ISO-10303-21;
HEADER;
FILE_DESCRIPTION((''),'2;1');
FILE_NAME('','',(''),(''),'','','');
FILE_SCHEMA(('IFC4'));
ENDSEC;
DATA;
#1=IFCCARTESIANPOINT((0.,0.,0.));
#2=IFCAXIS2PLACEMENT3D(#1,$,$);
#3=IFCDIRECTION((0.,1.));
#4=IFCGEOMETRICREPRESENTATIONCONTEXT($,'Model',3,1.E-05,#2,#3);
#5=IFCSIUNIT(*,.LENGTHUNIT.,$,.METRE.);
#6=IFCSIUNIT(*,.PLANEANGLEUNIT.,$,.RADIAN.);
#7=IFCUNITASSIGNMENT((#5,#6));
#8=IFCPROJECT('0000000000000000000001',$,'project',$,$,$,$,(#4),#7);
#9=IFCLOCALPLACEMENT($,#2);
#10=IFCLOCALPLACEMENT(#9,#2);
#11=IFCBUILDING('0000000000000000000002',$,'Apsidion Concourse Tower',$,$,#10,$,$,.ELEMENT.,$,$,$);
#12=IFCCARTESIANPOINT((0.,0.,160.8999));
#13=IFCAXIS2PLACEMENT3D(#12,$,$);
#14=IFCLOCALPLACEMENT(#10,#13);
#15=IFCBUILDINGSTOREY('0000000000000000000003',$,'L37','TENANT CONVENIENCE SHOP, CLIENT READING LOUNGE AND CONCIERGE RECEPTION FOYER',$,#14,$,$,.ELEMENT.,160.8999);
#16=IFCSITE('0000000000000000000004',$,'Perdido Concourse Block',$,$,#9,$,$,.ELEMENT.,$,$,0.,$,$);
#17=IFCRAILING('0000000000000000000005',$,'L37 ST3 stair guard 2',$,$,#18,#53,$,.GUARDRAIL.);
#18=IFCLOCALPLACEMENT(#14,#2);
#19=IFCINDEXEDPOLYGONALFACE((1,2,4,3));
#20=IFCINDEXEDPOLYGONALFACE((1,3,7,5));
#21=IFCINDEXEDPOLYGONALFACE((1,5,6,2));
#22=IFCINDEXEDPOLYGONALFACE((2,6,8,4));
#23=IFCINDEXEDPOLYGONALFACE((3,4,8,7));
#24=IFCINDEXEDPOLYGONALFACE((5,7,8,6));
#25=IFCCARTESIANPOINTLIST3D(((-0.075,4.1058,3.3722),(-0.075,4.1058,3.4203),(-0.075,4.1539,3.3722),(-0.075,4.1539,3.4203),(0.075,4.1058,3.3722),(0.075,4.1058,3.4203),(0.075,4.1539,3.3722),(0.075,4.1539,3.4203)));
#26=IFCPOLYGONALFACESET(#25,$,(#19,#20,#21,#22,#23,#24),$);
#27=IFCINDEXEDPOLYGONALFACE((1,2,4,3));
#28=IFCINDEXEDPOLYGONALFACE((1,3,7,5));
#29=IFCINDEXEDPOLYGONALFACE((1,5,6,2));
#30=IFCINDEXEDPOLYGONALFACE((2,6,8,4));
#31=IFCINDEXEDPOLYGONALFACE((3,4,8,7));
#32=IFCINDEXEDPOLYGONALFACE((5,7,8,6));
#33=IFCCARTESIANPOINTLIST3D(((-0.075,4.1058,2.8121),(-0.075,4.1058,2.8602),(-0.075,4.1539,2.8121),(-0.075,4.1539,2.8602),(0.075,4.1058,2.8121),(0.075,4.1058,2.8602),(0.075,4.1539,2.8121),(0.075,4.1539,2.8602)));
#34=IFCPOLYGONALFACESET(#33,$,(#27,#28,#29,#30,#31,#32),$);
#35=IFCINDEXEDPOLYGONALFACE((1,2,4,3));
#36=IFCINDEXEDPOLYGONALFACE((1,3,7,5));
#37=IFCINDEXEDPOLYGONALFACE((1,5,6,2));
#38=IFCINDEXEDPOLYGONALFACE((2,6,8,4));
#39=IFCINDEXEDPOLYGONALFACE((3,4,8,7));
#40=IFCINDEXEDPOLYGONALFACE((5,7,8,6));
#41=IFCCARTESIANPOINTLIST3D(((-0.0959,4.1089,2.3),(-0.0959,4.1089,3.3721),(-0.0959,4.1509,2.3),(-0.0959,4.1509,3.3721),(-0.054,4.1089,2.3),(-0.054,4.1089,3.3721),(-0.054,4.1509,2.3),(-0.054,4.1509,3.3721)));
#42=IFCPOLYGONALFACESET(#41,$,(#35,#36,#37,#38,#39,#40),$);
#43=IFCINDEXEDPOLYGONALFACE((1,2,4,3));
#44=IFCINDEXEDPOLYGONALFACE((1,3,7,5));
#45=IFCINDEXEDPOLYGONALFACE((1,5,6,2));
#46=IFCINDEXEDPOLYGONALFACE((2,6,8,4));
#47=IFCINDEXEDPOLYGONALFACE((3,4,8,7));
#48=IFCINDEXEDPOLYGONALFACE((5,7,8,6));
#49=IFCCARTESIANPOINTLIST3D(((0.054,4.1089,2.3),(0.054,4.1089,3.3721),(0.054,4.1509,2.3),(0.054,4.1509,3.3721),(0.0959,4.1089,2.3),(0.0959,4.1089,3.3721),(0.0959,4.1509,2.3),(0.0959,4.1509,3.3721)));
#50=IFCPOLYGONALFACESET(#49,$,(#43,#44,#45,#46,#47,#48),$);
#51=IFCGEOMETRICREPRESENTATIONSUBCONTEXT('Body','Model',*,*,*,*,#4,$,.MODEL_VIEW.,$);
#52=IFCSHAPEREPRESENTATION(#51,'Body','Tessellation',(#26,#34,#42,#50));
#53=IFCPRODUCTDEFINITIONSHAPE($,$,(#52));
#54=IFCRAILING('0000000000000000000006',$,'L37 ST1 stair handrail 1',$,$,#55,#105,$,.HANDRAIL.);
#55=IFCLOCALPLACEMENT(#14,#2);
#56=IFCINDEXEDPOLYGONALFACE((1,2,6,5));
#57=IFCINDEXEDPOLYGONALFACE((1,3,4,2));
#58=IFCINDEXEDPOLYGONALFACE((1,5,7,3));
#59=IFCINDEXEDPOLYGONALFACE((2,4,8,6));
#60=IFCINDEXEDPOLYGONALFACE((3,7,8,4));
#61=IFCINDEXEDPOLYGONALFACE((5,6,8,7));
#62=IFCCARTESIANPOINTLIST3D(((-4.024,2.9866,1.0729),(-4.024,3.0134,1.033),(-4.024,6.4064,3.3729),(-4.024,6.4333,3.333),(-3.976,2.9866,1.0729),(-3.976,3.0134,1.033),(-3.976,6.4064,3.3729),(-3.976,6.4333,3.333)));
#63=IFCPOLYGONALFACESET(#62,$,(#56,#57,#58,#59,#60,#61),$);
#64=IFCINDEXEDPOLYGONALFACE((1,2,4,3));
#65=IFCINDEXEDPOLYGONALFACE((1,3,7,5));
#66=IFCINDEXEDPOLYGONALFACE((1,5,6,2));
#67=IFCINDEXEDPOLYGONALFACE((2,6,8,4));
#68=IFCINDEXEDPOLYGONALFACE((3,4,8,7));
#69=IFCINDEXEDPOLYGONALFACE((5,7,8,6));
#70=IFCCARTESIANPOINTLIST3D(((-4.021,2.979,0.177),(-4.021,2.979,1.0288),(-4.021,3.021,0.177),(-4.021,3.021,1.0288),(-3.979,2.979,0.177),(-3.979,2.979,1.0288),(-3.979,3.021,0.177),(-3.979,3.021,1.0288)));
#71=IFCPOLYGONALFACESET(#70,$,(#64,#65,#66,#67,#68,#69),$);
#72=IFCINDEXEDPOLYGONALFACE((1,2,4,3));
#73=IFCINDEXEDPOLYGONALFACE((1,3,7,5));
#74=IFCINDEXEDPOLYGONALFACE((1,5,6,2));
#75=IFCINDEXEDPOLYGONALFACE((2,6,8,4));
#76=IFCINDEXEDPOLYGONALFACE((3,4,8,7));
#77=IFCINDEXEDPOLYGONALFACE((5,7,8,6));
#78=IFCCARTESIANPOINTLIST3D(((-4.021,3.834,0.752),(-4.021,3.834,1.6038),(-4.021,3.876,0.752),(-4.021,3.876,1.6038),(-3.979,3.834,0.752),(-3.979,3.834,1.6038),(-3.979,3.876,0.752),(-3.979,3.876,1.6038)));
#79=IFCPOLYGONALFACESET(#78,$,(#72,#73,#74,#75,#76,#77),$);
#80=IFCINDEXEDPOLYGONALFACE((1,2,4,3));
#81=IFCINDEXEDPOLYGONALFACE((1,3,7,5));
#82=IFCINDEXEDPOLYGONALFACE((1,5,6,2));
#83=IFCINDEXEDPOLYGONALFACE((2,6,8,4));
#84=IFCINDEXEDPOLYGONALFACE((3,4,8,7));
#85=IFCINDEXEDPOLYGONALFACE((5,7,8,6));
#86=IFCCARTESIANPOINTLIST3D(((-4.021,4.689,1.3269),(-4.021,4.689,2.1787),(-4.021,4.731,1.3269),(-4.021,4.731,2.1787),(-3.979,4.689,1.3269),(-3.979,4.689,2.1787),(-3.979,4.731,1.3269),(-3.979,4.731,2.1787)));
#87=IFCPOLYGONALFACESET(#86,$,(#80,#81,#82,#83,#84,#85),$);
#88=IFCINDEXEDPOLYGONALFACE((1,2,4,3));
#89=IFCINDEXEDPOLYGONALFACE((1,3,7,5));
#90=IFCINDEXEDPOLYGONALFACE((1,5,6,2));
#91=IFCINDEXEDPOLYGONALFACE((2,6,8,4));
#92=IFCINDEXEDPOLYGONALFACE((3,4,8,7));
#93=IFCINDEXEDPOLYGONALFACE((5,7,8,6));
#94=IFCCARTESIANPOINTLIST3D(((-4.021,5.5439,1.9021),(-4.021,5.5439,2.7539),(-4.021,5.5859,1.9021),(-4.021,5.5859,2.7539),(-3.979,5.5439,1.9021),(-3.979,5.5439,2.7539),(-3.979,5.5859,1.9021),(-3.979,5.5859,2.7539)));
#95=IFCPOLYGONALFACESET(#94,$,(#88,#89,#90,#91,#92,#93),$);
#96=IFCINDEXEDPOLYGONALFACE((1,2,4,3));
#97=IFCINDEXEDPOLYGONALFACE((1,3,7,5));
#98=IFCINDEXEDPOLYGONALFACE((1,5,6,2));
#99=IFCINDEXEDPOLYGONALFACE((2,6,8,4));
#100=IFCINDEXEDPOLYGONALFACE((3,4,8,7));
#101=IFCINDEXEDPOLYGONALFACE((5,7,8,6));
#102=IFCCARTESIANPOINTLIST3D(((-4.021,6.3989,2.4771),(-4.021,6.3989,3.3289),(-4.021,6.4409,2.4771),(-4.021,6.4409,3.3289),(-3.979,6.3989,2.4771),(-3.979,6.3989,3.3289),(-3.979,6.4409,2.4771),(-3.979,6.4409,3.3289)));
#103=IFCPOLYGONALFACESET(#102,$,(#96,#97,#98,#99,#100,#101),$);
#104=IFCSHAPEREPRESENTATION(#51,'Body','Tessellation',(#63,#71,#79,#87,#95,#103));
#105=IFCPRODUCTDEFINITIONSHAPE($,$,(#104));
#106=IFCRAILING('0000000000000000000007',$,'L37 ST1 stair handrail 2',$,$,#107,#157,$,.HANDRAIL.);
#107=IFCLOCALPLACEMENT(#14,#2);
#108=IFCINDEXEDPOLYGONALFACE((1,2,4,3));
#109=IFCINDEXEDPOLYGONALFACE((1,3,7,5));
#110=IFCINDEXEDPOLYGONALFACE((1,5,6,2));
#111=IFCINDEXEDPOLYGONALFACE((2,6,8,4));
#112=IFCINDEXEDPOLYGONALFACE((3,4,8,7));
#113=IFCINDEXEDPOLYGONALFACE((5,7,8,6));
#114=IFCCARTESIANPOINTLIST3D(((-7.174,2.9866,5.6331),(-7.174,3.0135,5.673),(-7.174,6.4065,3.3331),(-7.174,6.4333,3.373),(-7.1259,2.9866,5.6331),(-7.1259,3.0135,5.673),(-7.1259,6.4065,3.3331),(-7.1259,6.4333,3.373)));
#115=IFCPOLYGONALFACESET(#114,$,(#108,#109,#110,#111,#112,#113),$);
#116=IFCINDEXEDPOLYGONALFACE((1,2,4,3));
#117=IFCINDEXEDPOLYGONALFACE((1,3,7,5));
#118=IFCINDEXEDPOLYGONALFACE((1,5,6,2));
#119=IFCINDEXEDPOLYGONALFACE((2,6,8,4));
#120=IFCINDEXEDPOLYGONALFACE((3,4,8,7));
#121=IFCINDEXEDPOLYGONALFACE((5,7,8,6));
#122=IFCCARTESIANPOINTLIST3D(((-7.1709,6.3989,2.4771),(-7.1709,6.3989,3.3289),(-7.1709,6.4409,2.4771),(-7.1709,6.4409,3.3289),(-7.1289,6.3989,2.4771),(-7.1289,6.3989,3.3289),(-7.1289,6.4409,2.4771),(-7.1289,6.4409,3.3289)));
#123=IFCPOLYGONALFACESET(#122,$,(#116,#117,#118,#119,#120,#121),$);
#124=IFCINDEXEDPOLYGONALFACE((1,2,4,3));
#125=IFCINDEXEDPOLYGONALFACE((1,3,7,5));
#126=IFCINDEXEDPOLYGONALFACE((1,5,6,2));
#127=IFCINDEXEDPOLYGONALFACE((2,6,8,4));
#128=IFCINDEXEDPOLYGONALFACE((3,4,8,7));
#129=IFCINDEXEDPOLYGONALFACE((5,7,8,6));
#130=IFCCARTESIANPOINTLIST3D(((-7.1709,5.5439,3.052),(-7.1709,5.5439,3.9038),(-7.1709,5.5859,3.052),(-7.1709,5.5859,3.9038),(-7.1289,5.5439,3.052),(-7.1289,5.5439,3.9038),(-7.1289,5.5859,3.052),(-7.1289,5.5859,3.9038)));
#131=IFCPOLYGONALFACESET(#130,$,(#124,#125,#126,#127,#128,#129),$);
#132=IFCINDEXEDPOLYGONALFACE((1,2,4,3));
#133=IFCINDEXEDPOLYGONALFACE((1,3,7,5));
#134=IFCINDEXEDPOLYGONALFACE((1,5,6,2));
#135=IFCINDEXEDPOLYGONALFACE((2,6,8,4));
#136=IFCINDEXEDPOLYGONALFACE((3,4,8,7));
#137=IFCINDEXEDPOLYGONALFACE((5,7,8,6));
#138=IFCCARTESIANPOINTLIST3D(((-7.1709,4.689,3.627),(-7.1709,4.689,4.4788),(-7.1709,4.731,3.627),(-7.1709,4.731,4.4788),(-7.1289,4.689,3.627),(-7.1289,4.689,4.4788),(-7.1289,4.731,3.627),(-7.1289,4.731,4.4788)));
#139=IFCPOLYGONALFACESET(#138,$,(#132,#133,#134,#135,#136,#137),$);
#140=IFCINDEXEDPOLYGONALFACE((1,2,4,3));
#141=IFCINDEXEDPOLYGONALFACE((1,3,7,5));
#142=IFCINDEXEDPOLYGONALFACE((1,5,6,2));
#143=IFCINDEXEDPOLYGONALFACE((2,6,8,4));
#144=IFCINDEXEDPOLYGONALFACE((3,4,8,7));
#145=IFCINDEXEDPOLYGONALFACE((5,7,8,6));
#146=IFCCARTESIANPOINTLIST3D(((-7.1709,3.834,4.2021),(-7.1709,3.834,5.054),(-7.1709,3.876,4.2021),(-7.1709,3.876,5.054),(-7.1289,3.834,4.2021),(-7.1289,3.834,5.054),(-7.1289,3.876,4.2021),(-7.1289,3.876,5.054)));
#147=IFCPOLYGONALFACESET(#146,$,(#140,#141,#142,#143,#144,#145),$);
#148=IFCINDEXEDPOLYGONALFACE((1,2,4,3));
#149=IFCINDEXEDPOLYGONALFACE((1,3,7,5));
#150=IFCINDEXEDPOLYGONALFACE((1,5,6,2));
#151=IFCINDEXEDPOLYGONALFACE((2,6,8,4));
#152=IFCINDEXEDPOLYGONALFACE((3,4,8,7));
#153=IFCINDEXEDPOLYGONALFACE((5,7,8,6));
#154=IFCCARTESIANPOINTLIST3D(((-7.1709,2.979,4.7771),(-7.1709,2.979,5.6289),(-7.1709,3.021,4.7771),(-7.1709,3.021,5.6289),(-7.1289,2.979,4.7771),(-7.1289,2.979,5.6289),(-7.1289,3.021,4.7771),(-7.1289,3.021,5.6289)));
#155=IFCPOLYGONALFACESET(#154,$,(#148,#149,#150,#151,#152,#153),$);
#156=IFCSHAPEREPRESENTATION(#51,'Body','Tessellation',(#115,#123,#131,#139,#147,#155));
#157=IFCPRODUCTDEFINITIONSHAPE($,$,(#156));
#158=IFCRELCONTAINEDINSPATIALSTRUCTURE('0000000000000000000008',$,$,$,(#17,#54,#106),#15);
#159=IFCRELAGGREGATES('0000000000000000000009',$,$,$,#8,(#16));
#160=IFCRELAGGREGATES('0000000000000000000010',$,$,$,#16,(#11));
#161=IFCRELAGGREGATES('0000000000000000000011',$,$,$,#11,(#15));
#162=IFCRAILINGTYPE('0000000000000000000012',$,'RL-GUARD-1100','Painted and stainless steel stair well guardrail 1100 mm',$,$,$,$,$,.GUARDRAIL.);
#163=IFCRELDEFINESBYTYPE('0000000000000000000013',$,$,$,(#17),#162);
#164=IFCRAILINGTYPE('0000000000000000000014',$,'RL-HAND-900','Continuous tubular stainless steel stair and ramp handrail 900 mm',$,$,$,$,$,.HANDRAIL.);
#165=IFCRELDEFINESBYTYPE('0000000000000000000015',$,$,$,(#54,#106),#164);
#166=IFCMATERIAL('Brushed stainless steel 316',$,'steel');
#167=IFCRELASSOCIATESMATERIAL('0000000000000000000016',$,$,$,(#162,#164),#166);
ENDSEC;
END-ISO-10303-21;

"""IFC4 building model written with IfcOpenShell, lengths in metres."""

from ifc_helpers import new_model, si_unit, direction, frame, origin, origin_2d, place, context, subcontext, project, spatial, rectangle, extrude, material, type_object, element, save


model = new_model("IFC4")

# Units and contexts
model_context = context("Model", 3, precision=1e-05, world=origin(), true_north=direction((0.0, 1.0)))
body_context = subcontext(model_context, "Body", "Model", "MODEL_VIEW")
ifc_project = project(units=[si_unit("LENGTHUNIT", "METRE"), si_unit("PLANEANGLEUNIT", "RADIAN")], contexts=[model_context])

# Site, building, storey
site_placement = place(None, origin())
site = spatial("IfcSite", under=ifc_project, at=site_placement, Name="Perdido Concourse Block", CompositionType="ELEMENT", RefElevation=0.0)
building_placement = place(site_placement, origin())
building = spatial("IfcBuilding", under=site, at=building_placement, Name="Apsidion Concourse Tower", CompositionType="ELEMENT")
storey_placement = place(building_placement, frame((0.0, 0.0, 160.8999)))
storey = spatial("IfcBuildingStorey", under=building, at=storey_placement, Name="L37", Description="TENANT CONVENIENCE SHOP, CLIENT READING LOUNGE AND CONCIERGE RECEPTION FOYER", CompositionType="ELEMENT", Elevation=160.8999)

# Shared definitions
ifc_material_1 = material(Name="Brushed stainless steel 316", Category="steel")

# Railings
railing_type_1 = type_object("IfcRailingType", Name="RL-GUARD-1100", Description="Painted and stainless steel stair well guardrail 1100 mm", PredefinedType="GUARDRAIL", material=ifc_material_1)
railing_1_placement = place(storey_placement, frame((-0.075, 4.1299, 2.3)))
element("IfcRailing", 1, at=railing_1_placement, inside=storey, type_object=railing_type_1, Name="L37 ST3 stair guard 2", PredefinedType="GUARDRAIL", context=body_context, shape_type="SweptSolid", body=[
    extrude(rectangle(XDim=0.0481, YDim=0.0481, at=origin_2d()), frame((0.0, 0.0, 1.0962), z_axis=(1.0, 0.0, 0.0), x_axis=(0.0, 1.0, 0.0)), (0.0, 0.0, 1.0), 0.1499),
    extrude(rectangle(XDim=0.0481, YDim=0.0481, at=origin_2d()), frame((0.0, 0.0, 0.5361), z_axis=(1.0, 0.0, 0.0), x_axis=(0.0, 1.0, 0.0)), (0.0, 0.0, 1.0), 0.1499),
    extrude(rectangle(XDim=0.042, YDim=0.042, at=origin_2d()), origin(), (0.0, 0.0, 1.0), 1.072),
    extrude(rectangle(XDim=0.042, YDim=0.042, at=origin_2d()), frame((0.1499, 0.0, 0.0)), (0.0, 0.0, 1.0), 1.072),
])
railing_type_2 = type_object("IfcRailingType", Name="RL-HAND-900", Description="Continuous tubular stainless steel stair and ramp handrail 900 mm", PredefinedType="HANDRAIL", material=ifc_material_1)
railing_2_placement = place(storey_placement, frame((-4.0, 3.0, 0.177)))
element("IfcRailing", 2, at=railing_2_placement, inside=storey, type_object=railing_type_2, Name="L37 ST1 stair handrail 1", PredefinedType="HANDRAIL", context=body_context, shape_type="SweptSolid", body=[
    extrude(rectangle(XDim=0.0481, YDim=0.0481, at=origin_2d()), frame((0.0, 0.0, 0.876), z_axis=(0.0, 0.829792, 0.558072), x_axis=(-1.0, 0.0, 0.0)), (0.0, 0.0, 1.0), 4.1213),
    extrude(rectangle(XDim=0.042, YDim=0.042, at=origin_2d()), origin(), (0.0, 0.0, 1.0), 0.8518),
    extrude(rectangle(XDim=0.042, YDim=0.042, at=origin_2d()), frame((0.0, 0.855, 0.575)), (0.0, 0.0, 1.0), 0.8518),
    extrude(rectangle(XDim=0.042, YDim=0.042, at=origin_2d()), frame((0.0, 1.71, 1.1499)), (0.0, 0.0, 1.0), 0.8518),
    extrude(rectangle(XDim=0.042, YDim=0.042, at=origin_2d()), frame((0.0, 2.5649, 1.7251)), (0.0, 0.0, 1.0), 0.8518),
    extrude(rectangle(XDim=0.042, YDim=0.042, at=origin_2d()), frame((0.0, 3.4199, 2.3)), (0.0, 0.0, 1.0), 0.8518),
])
railing_3_placement = place(storey_placement, frame((-7.1499, 6.4199, 2.4771)))
element("IfcRailing", 3, at=railing_3_placement, inside=storey, type_object=railing_type_2, Name="L37 ST1 stair handrail 2", PredefinedType="HANDRAIL", context=body_context, shape_type="SweptSolid", body=[
    extrude(rectangle(XDim=0.0481, YDim=0.0481, at=origin_2d()), frame((0.0, 0.0, 0.876), z_axis=(0.0, -0.829792, 0.558072), x_axis=(1.0, 0.0, 0.0)), (0.0, 0.0, 1.0), 4.1213),
    extrude(rectangle(XDim=0.042, YDim=0.042, at=origin_2d()), origin(), (0.0, 0.0, 1.0), 0.8518),
    extrude(rectangle(XDim=0.042, YDim=0.042, at=origin_2d()), frame((0.0, -0.855, 0.575)), (0.0, 0.0, 1.0), 0.8518),
    extrude(rectangle(XDim=0.042, YDim=0.042, at=origin_2d()), frame((0.0, -1.71, 1.1499)), (0.0, 0.0, 1.0), 0.8518),
    extrude(rectangle(XDim=0.042, YDim=0.042, at=origin_2d()), frame((0.0, -2.5649, 1.7251)), (0.0, 0.0, 1.0), 0.8518),
    extrude(rectangle(XDim=0.042, YDim=0.042, at=origin_2d()), frame((0.0, -3.4199, 2.3)), (0.0, 0.0, 1.0), 0.8518),
])

save(model, "model.ifc")
